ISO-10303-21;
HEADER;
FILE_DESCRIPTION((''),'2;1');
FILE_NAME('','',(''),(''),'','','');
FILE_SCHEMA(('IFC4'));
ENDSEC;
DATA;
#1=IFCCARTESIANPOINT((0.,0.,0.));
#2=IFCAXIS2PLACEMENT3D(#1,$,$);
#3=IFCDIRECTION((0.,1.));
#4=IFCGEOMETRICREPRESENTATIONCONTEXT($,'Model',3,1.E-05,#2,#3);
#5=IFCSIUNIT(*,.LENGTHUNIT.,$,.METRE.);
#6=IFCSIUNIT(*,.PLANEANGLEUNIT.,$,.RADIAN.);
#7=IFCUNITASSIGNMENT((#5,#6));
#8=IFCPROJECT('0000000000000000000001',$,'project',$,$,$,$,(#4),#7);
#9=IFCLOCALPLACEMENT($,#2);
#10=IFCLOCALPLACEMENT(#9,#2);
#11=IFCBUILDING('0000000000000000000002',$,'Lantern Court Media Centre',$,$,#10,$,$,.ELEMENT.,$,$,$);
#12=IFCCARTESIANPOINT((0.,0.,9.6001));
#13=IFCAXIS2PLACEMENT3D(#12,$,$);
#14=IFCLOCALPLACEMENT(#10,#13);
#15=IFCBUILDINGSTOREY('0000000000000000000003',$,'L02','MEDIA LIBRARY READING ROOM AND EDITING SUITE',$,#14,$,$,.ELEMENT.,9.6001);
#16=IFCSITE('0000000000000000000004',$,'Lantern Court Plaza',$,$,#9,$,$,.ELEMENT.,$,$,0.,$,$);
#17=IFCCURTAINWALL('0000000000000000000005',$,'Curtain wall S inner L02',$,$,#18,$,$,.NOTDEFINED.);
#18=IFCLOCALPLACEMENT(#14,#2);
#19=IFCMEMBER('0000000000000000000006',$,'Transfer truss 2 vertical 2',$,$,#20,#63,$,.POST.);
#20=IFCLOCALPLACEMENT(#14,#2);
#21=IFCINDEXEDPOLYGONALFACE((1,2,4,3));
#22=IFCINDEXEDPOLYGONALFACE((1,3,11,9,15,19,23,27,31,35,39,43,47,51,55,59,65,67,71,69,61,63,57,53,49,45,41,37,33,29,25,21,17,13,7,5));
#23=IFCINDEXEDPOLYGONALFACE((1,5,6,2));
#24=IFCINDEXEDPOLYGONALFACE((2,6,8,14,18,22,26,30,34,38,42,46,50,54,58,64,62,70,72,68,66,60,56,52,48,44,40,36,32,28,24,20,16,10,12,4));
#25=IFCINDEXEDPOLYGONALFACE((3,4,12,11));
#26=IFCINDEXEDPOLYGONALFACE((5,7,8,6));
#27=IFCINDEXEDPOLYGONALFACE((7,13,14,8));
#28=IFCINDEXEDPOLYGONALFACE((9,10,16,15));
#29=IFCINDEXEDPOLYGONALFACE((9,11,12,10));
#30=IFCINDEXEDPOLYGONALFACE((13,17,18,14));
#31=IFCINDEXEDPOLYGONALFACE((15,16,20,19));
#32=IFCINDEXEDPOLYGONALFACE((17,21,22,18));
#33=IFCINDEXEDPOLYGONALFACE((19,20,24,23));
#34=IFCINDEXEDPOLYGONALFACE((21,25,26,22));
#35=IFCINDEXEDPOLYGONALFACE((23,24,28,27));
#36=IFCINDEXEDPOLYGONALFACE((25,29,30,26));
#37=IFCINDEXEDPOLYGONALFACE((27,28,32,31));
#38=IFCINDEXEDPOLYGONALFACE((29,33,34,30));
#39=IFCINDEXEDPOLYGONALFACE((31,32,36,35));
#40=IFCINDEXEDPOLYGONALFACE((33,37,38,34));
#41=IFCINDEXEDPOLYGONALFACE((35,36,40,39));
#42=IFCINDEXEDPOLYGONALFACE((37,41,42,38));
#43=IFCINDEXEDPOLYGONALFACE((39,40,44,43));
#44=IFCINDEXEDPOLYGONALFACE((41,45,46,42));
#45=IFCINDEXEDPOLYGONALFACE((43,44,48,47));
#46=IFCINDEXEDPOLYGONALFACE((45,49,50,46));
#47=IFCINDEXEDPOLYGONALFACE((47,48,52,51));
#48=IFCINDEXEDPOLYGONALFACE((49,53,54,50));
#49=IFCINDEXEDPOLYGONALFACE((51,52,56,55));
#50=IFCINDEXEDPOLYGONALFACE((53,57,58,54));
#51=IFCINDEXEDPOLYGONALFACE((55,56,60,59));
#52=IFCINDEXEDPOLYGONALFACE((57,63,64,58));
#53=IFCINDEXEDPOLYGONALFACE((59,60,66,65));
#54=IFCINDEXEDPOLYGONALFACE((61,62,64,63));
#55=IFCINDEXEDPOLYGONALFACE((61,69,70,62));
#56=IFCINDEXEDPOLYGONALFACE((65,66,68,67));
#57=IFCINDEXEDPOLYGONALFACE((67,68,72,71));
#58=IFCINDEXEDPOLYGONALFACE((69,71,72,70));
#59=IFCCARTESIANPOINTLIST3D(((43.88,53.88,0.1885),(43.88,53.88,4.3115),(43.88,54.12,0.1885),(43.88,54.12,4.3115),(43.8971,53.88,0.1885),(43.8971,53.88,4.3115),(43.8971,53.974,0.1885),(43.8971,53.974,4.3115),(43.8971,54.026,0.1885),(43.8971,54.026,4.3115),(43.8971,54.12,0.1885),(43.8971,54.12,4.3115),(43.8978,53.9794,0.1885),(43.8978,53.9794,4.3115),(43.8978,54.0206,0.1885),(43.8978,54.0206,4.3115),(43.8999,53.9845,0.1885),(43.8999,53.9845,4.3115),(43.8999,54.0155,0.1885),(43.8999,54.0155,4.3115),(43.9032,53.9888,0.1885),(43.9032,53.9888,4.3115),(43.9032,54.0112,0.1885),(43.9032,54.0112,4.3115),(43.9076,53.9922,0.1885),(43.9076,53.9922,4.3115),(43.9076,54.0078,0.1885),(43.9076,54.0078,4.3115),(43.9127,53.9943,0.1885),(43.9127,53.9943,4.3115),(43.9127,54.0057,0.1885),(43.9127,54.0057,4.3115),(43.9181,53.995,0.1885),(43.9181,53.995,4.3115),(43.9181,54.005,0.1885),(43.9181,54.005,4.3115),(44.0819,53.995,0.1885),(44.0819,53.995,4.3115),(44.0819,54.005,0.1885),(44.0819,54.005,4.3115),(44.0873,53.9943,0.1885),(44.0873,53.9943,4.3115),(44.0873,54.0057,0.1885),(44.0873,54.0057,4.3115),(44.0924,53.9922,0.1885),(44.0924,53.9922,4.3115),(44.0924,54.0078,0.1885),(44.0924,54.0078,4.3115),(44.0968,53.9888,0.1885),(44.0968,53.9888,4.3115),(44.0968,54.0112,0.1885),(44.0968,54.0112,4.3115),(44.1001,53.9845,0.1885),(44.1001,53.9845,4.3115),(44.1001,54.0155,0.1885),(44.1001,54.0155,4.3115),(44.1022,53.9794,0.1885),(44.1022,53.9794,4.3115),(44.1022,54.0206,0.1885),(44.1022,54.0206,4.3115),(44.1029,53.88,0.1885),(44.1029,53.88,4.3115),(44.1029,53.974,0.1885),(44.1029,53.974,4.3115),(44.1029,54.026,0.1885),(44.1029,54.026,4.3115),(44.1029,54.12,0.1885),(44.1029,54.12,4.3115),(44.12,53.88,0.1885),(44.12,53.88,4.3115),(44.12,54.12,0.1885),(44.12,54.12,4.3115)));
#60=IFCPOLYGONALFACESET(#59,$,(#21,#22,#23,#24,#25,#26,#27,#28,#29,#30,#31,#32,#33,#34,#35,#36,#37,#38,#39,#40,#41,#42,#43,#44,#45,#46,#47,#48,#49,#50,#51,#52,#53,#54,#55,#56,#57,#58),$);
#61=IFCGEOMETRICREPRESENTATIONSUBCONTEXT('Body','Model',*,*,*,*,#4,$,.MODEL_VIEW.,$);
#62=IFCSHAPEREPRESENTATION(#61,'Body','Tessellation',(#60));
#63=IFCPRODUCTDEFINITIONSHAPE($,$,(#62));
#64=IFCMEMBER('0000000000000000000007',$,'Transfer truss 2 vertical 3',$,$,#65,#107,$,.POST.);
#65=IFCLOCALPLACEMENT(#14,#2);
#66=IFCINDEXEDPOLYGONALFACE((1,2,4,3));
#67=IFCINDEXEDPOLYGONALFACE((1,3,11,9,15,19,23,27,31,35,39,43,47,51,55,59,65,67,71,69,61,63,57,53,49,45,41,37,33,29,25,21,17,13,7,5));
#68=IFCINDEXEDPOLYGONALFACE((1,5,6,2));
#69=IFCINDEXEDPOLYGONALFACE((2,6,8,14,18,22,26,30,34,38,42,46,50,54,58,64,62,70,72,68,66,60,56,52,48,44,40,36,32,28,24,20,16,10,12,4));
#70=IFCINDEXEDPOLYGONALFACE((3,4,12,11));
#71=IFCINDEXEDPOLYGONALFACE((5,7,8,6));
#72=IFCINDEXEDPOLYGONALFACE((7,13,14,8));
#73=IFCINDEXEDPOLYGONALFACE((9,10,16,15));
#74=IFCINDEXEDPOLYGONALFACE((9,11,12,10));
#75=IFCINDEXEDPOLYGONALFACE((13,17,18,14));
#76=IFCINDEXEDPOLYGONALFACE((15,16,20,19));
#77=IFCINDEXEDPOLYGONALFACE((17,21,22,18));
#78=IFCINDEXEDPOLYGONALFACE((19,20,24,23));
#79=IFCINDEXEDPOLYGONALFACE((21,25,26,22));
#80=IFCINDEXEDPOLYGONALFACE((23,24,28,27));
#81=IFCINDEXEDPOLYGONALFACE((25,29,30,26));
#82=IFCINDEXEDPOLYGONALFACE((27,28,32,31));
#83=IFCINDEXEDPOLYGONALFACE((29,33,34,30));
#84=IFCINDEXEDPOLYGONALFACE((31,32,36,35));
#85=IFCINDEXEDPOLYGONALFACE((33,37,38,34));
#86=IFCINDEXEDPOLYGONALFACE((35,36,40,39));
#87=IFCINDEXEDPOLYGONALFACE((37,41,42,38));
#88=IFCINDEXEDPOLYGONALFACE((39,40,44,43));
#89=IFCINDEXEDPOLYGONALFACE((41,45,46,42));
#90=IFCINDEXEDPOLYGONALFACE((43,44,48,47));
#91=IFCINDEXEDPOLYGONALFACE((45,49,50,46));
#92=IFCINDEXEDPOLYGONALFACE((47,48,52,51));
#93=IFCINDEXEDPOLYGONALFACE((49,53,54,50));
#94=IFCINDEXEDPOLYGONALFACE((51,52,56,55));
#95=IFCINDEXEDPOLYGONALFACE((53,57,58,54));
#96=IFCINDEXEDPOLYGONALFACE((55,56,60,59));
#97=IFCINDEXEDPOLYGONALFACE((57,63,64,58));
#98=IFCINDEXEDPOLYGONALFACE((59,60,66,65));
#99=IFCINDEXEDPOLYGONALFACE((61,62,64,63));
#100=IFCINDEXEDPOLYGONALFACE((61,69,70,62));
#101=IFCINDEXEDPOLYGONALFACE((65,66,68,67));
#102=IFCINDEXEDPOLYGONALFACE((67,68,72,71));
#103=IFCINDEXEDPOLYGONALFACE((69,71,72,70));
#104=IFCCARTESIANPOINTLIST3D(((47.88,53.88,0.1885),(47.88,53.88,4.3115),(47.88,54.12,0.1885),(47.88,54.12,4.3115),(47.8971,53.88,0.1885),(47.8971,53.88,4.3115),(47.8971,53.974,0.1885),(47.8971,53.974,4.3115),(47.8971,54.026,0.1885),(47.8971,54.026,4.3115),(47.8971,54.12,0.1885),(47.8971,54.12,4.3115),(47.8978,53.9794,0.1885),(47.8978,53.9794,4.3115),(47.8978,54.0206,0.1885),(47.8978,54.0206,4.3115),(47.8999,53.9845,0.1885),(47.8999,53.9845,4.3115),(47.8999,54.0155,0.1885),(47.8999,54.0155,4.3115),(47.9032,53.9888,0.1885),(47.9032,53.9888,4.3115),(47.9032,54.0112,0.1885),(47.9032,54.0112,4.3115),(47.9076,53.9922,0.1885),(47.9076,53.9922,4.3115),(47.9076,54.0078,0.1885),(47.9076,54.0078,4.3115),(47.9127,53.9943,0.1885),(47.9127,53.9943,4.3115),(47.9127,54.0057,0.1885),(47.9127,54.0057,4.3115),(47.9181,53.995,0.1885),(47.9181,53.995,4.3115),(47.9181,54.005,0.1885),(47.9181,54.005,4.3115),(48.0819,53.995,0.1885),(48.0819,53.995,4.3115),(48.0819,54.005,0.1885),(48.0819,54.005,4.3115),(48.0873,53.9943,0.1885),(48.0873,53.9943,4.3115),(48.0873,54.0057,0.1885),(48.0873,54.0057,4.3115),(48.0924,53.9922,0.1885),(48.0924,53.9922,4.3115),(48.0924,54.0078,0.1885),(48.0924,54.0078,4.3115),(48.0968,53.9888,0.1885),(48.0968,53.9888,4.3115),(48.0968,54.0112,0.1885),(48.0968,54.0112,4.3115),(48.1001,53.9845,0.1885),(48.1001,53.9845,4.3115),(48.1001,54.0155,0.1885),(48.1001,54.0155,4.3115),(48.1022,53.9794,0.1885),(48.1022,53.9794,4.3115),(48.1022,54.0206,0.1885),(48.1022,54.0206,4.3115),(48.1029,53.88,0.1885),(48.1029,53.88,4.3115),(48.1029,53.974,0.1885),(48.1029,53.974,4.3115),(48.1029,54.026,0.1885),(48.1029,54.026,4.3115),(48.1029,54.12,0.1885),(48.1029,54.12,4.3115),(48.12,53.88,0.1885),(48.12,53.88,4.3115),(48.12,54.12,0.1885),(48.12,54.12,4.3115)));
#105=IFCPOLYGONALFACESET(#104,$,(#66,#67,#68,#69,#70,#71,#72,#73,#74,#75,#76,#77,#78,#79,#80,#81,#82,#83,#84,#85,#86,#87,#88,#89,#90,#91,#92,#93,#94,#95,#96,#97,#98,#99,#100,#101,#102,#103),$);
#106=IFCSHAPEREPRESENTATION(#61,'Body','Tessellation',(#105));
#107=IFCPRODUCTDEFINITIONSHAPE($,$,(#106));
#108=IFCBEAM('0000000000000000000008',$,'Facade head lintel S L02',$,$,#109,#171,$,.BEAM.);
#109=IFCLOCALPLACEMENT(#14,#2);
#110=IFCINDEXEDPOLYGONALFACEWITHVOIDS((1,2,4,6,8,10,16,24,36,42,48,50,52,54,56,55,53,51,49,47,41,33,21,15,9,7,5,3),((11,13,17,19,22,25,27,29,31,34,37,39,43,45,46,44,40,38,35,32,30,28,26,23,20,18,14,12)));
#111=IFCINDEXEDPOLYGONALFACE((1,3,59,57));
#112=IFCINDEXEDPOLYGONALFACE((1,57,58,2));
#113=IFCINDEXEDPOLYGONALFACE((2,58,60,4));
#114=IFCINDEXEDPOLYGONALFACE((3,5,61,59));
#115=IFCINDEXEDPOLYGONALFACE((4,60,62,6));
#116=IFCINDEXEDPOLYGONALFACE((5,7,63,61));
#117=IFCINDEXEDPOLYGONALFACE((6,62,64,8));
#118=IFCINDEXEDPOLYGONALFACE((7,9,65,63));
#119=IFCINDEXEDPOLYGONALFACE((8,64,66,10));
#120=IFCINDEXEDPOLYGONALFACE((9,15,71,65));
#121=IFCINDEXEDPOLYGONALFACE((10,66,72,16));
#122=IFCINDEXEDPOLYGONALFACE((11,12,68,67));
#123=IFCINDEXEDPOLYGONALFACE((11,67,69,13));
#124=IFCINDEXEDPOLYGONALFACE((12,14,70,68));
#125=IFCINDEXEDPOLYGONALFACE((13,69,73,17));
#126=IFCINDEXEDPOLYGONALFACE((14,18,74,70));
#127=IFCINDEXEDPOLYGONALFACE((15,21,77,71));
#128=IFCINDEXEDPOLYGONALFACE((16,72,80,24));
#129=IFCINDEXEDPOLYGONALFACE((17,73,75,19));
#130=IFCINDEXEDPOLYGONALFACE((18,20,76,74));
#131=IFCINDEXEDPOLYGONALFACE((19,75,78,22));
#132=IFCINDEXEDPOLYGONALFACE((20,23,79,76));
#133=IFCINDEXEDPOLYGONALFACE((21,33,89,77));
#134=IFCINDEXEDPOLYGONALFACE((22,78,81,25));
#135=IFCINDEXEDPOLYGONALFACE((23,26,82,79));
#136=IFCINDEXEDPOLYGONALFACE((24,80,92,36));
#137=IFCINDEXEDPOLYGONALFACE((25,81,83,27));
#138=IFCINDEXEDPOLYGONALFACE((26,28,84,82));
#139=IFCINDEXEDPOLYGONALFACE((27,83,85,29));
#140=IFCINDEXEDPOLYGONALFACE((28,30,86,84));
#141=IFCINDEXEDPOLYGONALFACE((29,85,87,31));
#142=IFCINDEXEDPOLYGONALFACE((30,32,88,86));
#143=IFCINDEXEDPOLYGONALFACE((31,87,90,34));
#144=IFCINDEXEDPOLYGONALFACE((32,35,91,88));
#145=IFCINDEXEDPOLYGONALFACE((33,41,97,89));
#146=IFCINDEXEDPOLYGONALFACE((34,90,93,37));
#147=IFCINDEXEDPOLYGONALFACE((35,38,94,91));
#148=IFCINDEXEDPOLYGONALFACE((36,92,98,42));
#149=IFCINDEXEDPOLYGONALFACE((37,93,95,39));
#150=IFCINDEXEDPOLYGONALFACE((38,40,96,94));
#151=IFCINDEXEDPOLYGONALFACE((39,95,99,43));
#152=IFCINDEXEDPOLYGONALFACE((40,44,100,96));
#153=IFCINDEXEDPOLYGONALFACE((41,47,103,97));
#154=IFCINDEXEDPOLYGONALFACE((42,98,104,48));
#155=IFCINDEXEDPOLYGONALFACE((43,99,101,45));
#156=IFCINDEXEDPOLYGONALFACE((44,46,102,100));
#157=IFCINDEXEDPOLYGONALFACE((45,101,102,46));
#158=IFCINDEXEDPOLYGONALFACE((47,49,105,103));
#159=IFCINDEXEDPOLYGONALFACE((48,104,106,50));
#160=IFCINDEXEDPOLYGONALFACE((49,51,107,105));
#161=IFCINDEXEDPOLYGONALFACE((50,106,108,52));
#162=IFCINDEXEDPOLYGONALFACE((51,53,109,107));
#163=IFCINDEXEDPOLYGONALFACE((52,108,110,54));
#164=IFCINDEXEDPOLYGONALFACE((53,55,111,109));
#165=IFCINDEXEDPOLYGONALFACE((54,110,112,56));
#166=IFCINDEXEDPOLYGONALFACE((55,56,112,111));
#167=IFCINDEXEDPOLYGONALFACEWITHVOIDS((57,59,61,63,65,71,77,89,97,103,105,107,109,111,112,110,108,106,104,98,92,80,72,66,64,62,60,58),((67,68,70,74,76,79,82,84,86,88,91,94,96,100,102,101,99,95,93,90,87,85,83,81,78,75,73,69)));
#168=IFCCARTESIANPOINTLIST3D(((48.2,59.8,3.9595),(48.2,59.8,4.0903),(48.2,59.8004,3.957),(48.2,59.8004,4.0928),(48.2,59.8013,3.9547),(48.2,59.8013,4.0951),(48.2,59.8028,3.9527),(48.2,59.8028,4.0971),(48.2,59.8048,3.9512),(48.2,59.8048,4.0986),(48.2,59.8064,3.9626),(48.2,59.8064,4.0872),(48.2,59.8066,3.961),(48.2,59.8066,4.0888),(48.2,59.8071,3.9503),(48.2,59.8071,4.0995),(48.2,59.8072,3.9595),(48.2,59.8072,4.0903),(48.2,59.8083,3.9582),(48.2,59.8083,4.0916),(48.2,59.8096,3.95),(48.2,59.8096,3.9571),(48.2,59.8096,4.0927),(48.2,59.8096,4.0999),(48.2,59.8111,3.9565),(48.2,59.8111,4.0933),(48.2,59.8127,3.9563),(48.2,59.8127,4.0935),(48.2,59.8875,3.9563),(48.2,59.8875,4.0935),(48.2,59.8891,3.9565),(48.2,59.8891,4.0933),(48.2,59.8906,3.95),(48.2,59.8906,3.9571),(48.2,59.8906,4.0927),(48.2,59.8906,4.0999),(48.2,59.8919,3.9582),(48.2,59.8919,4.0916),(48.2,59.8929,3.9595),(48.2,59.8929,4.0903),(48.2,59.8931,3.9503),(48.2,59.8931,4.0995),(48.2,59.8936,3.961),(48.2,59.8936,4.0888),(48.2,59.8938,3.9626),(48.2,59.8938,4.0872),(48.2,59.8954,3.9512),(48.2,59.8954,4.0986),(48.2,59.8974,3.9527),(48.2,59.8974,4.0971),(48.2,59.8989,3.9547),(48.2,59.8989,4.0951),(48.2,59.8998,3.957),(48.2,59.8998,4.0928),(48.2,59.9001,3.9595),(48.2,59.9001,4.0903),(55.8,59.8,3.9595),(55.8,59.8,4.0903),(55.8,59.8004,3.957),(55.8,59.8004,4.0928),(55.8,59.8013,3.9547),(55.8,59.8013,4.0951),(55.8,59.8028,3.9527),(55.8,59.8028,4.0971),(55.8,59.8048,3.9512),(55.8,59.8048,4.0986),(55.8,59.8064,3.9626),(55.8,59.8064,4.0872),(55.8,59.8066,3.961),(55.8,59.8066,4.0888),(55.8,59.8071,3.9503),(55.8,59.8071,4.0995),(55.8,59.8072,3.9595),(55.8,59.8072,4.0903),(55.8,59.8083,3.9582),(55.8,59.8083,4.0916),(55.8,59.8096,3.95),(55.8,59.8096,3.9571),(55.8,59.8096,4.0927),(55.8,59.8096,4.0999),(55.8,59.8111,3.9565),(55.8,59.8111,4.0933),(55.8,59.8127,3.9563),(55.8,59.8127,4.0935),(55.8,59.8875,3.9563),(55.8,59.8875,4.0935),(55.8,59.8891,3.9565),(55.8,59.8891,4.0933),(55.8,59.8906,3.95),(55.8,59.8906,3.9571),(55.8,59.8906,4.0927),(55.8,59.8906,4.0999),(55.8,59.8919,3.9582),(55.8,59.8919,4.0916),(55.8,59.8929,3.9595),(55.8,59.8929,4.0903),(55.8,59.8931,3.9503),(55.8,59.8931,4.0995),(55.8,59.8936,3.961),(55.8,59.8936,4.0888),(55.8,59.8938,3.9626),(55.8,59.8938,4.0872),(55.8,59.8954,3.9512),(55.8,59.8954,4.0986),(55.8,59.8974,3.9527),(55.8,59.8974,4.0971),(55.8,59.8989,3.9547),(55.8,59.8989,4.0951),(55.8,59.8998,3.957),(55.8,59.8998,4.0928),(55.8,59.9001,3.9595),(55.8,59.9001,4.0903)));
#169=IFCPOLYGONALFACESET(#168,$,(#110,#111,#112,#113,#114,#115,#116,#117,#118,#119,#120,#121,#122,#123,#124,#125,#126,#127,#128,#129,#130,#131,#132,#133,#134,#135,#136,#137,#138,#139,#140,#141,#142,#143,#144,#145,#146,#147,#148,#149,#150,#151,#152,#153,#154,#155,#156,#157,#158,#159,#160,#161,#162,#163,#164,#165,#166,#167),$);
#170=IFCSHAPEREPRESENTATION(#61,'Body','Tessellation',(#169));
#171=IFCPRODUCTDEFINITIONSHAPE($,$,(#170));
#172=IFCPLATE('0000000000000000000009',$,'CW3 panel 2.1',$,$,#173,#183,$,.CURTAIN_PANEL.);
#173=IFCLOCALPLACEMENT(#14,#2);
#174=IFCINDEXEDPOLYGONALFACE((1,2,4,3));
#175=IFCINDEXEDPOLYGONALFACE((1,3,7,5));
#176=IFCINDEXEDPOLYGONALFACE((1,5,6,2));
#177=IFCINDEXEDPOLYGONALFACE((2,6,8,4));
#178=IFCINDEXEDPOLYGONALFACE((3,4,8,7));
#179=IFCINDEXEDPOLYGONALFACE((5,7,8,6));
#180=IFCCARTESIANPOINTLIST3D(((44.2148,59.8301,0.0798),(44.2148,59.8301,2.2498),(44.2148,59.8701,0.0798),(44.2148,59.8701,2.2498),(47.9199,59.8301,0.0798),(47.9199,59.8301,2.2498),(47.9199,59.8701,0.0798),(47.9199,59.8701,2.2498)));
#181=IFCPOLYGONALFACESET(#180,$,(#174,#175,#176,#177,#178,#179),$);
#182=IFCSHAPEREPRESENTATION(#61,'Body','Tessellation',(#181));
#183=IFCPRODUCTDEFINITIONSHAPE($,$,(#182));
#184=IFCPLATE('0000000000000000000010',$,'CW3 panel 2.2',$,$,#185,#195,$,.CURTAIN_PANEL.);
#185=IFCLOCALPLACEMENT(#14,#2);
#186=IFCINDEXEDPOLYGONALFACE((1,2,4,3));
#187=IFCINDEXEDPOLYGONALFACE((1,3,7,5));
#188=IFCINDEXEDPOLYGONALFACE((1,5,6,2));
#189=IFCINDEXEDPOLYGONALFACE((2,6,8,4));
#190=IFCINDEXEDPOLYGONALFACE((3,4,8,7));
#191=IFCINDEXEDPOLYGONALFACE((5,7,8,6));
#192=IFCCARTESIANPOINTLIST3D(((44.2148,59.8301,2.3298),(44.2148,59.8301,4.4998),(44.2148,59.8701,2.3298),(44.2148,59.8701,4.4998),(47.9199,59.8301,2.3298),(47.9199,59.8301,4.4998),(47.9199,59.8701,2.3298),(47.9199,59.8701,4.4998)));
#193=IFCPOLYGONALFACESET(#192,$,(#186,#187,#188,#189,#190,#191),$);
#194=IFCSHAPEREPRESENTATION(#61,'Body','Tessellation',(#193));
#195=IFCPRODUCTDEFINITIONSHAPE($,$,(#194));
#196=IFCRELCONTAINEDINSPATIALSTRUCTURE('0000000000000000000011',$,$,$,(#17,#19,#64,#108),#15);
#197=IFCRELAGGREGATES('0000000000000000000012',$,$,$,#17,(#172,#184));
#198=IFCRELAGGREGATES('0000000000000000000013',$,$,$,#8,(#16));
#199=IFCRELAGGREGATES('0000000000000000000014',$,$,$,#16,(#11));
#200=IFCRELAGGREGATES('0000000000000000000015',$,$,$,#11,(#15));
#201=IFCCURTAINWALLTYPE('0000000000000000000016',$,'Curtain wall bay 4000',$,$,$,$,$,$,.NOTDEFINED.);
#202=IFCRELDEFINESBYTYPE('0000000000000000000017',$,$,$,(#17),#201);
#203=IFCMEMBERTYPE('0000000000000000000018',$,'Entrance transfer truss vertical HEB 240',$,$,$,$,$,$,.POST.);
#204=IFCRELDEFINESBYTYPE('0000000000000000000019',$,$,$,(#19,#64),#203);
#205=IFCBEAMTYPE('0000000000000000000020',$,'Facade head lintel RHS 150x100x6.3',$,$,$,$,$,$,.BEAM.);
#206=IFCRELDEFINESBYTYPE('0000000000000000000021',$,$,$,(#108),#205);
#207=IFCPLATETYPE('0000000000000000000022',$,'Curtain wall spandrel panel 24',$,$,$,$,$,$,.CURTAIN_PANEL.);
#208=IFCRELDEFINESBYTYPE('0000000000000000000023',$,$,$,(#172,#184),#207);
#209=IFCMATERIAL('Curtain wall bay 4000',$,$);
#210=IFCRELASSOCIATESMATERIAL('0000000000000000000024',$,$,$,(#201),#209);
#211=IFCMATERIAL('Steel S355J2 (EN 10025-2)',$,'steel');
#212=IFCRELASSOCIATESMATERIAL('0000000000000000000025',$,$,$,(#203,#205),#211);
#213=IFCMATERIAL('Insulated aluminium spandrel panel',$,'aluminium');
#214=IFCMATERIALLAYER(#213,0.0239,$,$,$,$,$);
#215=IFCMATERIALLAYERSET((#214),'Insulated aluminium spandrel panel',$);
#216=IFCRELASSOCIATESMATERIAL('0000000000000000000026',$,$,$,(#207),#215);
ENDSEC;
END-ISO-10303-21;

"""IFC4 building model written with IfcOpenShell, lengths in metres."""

from ifc_helpers import new_model, si_unit, direction, frame, origin, origin_2d, place, context, subcontext, project, spatial, rectangle, hollow_rectangle, i_section, extrude, material, layer, layer_set, material_profile, profile_set, type_object, element, aggregate, save


model = new_model("IFC4")

# Units and contexts
model_context = context("Model", 3, precision=1e-05, world=origin(), true_north=direction((0.0, 1.0)))
body_context = subcontext(model_context, "Body", "Model", "MODEL_VIEW")
ifc_project = project(units=[si_unit("LENGTHUNIT", "METRE"), si_unit("PLANEANGLEUNIT", "RADIAN")], contexts=[model_context])

# Site, building, storey
site_placement = place(None, origin())
site = spatial("IfcSite", under=ifc_project, at=site_placement, Name="Lantern Court Plaza", CompositionType="ELEMENT", RefElevation=0.0)
building_placement = place(site_placement, origin())
building = spatial("IfcBuilding", under=site, at=building_placement, Name="Lantern Court Media Centre", CompositionType="ELEMENT")
storey_placement = place(building_placement, frame((0.0, 0.0, 9.6001)))
storey = spatial("IfcBuildingStorey", under=building, at=storey_placement, Name="L02", Description="MEDIA LIBRARY READING ROOM AND EDITING SUITE", CompositionType="ELEMENT", Elevation=9.6001)

# Curtain wall
ifc_material_1 = material(Name="Curtain wall bay 4000")
curtain_wall_type = type_object("IfcCurtainWallType", Name="Curtain wall bay 4000", PredefinedType="NOTDEFINED", material=ifc_material_1)
curtain_wall_1_placement = place(storey_placement, origin())
curtain_wall_1 = element("IfcCurtainWall", 1, at=curtain_wall_1_placement, inside=storey, type_object=curtain_wall_type, Name="Curtain wall S inner L02", PredefinedType="NOTDEFINED")

# Members
ifc_material_2 = material(Name="Steel S355J2 (EN 10025-2)", Category="steel")
ifc_material_profile_1 = material_profile(ifc_material_2, i_section(OverallWidth=0.24, OverallDepth=0.24, WebThickness=0.01, FlangeThickness=0.0171, FilletRadius=0.021, at=origin_2d()), Name="HEB 240")
ifc_profile_set_1 = profile_set([ifc_material_profile_1], Name="Steel S355J2 (EN 10025-2)")
member_type_1 = type_object("IfcMemberType", Name="Entrance transfer truss vertical HEB 240", PredefinedType="POST", material=ifc_profile_set_1)
for number, where, z_axis, x_axis, name in (
    (2, (44.0, 54.0, 0.1885), (0.0, 0.0, 1.0), (0.0, 1.0, 0.0), "Transfer truss 2 vertical 2"),
    (3, (48.0, 54.0, 0.1885), (0.0, 0.0, 1.0), (0.0, 1.0, 0.0), "Transfer truss 2 vertical 3"),
):
    element("IfcMember", number, at=place(storey_placement, frame(where, z_axis=z_axis, x_axis=x_axis)), inside=storey, type_object=member_type_1, Name=name, PredefinedType="POST", context=body_context, shape_type="SweptSolid", body=[
        extrude(i_section(OverallWidth=0.24, OverallDepth=0.24, WebThickness=0.01, FlangeThickness=0.0171, FilletRadius=0.021, at=origin_2d()), origin(), (0.0, 0.0, 1.0), 4.123),
    ])

# Beam
ifc_material_profile_2 = material_profile(ifc_material_2, hollow_rectangle(XDim=0.1001, YDim=0.1499, WallThickness=0.0063, InnerFilletRadius=0.0063, OuterFilletRadius=0.0095, at=origin_2d()), Name="Facade head lintel RHS 150x100x6.3")
ifc_profile_set_2 = profile_set([ifc_material_profile_2], Name="Steel S355J2 (EN 10025-2)")
beam_type = type_object("IfcBeamType", Name="Facade head lintel RHS 150x100x6.3", PredefinedType="BEAM", material=ifc_profile_set_2)
beam_placement = place(storey_placement, frame((48.2, 59.8501, 4.0249), z_axis=(1.0, 0.0, 0.0), x_axis=(0.0, 1.0, 0.0)))
element("IfcBeam", 4, at=beam_placement, inside=storey, type_object=beam_type, Name="Facade head lintel S L02", PredefinedType="BEAM", context=body_context, shape_type="SweptSolid", body=[
    extrude(hollow_rectangle(XDim=0.1001, YDim=0.1499, WallThickness=0.0063, InnerFilletRadius=0.0063, OuterFilletRadius=0.0095, at=origin_2d()), origin(), (0.0, 0.0, 1.0), 7.6001),
])

# Plates
ifc_material_3 = material(Name="Insulated aluminium spandrel panel", Category="aluminium")
ifc_layer_1 = layer(ifc_material_3, 0.0239)
ifc_layer_set_1 = layer_set([ifc_layer_1], Name="Insulated aluminium spandrel panel")
plate_type = type_object("IfcPlateType", Name="Curtain wall spandrel panel 24", PredefinedType="CURTAIN_PANEL", material=ifc_layer_set_1)
plate_1_placement = place(storey_placement, frame((46.0674, 59.8501, 0.0798), z_axis=(0.0, 0.0, 1.0), x_axis=(1.0, 0.0, 0.0)))
plate_1 = element("IfcPlate", 5, at=plate_1_placement, type_object=plate_type, Name="CW3 panel 2.1", PredefinedType="CURTAIN_PANEL", context=body_context, shape_type="SweptSolid", body=[
    extrude(rectangle(XDim=3.7051, YDim=0.04, at=origin_2d()), origin(), (0.0, 0.0, 1.0), 2.1699),
])
plate_2_placement = place(storey_placement, frame((46.0674, 59.8501, 2.3298), z_axis=(0.0, 0.0, 1.0), x_axis=(1.0, 0.0, 0.0)))
plate_2 = element("IfcPlate", 6, at=plate_2_placement, type_object=plate_type, Name="CW3 panel 2.2", PredefinedType="CURTAIN_PANEL", context=body_context, shape_type="SweptSolid", body=[
    extrude(rectangle(XDim=3.7051, YDim=0.04, at=origin_2d()), origin(), (0.0, 0.0, 1.0), 2.1699),
])
aggregate(curtain_wall_1, [plate_1, plate_2])

save(model, "model.ifc")
